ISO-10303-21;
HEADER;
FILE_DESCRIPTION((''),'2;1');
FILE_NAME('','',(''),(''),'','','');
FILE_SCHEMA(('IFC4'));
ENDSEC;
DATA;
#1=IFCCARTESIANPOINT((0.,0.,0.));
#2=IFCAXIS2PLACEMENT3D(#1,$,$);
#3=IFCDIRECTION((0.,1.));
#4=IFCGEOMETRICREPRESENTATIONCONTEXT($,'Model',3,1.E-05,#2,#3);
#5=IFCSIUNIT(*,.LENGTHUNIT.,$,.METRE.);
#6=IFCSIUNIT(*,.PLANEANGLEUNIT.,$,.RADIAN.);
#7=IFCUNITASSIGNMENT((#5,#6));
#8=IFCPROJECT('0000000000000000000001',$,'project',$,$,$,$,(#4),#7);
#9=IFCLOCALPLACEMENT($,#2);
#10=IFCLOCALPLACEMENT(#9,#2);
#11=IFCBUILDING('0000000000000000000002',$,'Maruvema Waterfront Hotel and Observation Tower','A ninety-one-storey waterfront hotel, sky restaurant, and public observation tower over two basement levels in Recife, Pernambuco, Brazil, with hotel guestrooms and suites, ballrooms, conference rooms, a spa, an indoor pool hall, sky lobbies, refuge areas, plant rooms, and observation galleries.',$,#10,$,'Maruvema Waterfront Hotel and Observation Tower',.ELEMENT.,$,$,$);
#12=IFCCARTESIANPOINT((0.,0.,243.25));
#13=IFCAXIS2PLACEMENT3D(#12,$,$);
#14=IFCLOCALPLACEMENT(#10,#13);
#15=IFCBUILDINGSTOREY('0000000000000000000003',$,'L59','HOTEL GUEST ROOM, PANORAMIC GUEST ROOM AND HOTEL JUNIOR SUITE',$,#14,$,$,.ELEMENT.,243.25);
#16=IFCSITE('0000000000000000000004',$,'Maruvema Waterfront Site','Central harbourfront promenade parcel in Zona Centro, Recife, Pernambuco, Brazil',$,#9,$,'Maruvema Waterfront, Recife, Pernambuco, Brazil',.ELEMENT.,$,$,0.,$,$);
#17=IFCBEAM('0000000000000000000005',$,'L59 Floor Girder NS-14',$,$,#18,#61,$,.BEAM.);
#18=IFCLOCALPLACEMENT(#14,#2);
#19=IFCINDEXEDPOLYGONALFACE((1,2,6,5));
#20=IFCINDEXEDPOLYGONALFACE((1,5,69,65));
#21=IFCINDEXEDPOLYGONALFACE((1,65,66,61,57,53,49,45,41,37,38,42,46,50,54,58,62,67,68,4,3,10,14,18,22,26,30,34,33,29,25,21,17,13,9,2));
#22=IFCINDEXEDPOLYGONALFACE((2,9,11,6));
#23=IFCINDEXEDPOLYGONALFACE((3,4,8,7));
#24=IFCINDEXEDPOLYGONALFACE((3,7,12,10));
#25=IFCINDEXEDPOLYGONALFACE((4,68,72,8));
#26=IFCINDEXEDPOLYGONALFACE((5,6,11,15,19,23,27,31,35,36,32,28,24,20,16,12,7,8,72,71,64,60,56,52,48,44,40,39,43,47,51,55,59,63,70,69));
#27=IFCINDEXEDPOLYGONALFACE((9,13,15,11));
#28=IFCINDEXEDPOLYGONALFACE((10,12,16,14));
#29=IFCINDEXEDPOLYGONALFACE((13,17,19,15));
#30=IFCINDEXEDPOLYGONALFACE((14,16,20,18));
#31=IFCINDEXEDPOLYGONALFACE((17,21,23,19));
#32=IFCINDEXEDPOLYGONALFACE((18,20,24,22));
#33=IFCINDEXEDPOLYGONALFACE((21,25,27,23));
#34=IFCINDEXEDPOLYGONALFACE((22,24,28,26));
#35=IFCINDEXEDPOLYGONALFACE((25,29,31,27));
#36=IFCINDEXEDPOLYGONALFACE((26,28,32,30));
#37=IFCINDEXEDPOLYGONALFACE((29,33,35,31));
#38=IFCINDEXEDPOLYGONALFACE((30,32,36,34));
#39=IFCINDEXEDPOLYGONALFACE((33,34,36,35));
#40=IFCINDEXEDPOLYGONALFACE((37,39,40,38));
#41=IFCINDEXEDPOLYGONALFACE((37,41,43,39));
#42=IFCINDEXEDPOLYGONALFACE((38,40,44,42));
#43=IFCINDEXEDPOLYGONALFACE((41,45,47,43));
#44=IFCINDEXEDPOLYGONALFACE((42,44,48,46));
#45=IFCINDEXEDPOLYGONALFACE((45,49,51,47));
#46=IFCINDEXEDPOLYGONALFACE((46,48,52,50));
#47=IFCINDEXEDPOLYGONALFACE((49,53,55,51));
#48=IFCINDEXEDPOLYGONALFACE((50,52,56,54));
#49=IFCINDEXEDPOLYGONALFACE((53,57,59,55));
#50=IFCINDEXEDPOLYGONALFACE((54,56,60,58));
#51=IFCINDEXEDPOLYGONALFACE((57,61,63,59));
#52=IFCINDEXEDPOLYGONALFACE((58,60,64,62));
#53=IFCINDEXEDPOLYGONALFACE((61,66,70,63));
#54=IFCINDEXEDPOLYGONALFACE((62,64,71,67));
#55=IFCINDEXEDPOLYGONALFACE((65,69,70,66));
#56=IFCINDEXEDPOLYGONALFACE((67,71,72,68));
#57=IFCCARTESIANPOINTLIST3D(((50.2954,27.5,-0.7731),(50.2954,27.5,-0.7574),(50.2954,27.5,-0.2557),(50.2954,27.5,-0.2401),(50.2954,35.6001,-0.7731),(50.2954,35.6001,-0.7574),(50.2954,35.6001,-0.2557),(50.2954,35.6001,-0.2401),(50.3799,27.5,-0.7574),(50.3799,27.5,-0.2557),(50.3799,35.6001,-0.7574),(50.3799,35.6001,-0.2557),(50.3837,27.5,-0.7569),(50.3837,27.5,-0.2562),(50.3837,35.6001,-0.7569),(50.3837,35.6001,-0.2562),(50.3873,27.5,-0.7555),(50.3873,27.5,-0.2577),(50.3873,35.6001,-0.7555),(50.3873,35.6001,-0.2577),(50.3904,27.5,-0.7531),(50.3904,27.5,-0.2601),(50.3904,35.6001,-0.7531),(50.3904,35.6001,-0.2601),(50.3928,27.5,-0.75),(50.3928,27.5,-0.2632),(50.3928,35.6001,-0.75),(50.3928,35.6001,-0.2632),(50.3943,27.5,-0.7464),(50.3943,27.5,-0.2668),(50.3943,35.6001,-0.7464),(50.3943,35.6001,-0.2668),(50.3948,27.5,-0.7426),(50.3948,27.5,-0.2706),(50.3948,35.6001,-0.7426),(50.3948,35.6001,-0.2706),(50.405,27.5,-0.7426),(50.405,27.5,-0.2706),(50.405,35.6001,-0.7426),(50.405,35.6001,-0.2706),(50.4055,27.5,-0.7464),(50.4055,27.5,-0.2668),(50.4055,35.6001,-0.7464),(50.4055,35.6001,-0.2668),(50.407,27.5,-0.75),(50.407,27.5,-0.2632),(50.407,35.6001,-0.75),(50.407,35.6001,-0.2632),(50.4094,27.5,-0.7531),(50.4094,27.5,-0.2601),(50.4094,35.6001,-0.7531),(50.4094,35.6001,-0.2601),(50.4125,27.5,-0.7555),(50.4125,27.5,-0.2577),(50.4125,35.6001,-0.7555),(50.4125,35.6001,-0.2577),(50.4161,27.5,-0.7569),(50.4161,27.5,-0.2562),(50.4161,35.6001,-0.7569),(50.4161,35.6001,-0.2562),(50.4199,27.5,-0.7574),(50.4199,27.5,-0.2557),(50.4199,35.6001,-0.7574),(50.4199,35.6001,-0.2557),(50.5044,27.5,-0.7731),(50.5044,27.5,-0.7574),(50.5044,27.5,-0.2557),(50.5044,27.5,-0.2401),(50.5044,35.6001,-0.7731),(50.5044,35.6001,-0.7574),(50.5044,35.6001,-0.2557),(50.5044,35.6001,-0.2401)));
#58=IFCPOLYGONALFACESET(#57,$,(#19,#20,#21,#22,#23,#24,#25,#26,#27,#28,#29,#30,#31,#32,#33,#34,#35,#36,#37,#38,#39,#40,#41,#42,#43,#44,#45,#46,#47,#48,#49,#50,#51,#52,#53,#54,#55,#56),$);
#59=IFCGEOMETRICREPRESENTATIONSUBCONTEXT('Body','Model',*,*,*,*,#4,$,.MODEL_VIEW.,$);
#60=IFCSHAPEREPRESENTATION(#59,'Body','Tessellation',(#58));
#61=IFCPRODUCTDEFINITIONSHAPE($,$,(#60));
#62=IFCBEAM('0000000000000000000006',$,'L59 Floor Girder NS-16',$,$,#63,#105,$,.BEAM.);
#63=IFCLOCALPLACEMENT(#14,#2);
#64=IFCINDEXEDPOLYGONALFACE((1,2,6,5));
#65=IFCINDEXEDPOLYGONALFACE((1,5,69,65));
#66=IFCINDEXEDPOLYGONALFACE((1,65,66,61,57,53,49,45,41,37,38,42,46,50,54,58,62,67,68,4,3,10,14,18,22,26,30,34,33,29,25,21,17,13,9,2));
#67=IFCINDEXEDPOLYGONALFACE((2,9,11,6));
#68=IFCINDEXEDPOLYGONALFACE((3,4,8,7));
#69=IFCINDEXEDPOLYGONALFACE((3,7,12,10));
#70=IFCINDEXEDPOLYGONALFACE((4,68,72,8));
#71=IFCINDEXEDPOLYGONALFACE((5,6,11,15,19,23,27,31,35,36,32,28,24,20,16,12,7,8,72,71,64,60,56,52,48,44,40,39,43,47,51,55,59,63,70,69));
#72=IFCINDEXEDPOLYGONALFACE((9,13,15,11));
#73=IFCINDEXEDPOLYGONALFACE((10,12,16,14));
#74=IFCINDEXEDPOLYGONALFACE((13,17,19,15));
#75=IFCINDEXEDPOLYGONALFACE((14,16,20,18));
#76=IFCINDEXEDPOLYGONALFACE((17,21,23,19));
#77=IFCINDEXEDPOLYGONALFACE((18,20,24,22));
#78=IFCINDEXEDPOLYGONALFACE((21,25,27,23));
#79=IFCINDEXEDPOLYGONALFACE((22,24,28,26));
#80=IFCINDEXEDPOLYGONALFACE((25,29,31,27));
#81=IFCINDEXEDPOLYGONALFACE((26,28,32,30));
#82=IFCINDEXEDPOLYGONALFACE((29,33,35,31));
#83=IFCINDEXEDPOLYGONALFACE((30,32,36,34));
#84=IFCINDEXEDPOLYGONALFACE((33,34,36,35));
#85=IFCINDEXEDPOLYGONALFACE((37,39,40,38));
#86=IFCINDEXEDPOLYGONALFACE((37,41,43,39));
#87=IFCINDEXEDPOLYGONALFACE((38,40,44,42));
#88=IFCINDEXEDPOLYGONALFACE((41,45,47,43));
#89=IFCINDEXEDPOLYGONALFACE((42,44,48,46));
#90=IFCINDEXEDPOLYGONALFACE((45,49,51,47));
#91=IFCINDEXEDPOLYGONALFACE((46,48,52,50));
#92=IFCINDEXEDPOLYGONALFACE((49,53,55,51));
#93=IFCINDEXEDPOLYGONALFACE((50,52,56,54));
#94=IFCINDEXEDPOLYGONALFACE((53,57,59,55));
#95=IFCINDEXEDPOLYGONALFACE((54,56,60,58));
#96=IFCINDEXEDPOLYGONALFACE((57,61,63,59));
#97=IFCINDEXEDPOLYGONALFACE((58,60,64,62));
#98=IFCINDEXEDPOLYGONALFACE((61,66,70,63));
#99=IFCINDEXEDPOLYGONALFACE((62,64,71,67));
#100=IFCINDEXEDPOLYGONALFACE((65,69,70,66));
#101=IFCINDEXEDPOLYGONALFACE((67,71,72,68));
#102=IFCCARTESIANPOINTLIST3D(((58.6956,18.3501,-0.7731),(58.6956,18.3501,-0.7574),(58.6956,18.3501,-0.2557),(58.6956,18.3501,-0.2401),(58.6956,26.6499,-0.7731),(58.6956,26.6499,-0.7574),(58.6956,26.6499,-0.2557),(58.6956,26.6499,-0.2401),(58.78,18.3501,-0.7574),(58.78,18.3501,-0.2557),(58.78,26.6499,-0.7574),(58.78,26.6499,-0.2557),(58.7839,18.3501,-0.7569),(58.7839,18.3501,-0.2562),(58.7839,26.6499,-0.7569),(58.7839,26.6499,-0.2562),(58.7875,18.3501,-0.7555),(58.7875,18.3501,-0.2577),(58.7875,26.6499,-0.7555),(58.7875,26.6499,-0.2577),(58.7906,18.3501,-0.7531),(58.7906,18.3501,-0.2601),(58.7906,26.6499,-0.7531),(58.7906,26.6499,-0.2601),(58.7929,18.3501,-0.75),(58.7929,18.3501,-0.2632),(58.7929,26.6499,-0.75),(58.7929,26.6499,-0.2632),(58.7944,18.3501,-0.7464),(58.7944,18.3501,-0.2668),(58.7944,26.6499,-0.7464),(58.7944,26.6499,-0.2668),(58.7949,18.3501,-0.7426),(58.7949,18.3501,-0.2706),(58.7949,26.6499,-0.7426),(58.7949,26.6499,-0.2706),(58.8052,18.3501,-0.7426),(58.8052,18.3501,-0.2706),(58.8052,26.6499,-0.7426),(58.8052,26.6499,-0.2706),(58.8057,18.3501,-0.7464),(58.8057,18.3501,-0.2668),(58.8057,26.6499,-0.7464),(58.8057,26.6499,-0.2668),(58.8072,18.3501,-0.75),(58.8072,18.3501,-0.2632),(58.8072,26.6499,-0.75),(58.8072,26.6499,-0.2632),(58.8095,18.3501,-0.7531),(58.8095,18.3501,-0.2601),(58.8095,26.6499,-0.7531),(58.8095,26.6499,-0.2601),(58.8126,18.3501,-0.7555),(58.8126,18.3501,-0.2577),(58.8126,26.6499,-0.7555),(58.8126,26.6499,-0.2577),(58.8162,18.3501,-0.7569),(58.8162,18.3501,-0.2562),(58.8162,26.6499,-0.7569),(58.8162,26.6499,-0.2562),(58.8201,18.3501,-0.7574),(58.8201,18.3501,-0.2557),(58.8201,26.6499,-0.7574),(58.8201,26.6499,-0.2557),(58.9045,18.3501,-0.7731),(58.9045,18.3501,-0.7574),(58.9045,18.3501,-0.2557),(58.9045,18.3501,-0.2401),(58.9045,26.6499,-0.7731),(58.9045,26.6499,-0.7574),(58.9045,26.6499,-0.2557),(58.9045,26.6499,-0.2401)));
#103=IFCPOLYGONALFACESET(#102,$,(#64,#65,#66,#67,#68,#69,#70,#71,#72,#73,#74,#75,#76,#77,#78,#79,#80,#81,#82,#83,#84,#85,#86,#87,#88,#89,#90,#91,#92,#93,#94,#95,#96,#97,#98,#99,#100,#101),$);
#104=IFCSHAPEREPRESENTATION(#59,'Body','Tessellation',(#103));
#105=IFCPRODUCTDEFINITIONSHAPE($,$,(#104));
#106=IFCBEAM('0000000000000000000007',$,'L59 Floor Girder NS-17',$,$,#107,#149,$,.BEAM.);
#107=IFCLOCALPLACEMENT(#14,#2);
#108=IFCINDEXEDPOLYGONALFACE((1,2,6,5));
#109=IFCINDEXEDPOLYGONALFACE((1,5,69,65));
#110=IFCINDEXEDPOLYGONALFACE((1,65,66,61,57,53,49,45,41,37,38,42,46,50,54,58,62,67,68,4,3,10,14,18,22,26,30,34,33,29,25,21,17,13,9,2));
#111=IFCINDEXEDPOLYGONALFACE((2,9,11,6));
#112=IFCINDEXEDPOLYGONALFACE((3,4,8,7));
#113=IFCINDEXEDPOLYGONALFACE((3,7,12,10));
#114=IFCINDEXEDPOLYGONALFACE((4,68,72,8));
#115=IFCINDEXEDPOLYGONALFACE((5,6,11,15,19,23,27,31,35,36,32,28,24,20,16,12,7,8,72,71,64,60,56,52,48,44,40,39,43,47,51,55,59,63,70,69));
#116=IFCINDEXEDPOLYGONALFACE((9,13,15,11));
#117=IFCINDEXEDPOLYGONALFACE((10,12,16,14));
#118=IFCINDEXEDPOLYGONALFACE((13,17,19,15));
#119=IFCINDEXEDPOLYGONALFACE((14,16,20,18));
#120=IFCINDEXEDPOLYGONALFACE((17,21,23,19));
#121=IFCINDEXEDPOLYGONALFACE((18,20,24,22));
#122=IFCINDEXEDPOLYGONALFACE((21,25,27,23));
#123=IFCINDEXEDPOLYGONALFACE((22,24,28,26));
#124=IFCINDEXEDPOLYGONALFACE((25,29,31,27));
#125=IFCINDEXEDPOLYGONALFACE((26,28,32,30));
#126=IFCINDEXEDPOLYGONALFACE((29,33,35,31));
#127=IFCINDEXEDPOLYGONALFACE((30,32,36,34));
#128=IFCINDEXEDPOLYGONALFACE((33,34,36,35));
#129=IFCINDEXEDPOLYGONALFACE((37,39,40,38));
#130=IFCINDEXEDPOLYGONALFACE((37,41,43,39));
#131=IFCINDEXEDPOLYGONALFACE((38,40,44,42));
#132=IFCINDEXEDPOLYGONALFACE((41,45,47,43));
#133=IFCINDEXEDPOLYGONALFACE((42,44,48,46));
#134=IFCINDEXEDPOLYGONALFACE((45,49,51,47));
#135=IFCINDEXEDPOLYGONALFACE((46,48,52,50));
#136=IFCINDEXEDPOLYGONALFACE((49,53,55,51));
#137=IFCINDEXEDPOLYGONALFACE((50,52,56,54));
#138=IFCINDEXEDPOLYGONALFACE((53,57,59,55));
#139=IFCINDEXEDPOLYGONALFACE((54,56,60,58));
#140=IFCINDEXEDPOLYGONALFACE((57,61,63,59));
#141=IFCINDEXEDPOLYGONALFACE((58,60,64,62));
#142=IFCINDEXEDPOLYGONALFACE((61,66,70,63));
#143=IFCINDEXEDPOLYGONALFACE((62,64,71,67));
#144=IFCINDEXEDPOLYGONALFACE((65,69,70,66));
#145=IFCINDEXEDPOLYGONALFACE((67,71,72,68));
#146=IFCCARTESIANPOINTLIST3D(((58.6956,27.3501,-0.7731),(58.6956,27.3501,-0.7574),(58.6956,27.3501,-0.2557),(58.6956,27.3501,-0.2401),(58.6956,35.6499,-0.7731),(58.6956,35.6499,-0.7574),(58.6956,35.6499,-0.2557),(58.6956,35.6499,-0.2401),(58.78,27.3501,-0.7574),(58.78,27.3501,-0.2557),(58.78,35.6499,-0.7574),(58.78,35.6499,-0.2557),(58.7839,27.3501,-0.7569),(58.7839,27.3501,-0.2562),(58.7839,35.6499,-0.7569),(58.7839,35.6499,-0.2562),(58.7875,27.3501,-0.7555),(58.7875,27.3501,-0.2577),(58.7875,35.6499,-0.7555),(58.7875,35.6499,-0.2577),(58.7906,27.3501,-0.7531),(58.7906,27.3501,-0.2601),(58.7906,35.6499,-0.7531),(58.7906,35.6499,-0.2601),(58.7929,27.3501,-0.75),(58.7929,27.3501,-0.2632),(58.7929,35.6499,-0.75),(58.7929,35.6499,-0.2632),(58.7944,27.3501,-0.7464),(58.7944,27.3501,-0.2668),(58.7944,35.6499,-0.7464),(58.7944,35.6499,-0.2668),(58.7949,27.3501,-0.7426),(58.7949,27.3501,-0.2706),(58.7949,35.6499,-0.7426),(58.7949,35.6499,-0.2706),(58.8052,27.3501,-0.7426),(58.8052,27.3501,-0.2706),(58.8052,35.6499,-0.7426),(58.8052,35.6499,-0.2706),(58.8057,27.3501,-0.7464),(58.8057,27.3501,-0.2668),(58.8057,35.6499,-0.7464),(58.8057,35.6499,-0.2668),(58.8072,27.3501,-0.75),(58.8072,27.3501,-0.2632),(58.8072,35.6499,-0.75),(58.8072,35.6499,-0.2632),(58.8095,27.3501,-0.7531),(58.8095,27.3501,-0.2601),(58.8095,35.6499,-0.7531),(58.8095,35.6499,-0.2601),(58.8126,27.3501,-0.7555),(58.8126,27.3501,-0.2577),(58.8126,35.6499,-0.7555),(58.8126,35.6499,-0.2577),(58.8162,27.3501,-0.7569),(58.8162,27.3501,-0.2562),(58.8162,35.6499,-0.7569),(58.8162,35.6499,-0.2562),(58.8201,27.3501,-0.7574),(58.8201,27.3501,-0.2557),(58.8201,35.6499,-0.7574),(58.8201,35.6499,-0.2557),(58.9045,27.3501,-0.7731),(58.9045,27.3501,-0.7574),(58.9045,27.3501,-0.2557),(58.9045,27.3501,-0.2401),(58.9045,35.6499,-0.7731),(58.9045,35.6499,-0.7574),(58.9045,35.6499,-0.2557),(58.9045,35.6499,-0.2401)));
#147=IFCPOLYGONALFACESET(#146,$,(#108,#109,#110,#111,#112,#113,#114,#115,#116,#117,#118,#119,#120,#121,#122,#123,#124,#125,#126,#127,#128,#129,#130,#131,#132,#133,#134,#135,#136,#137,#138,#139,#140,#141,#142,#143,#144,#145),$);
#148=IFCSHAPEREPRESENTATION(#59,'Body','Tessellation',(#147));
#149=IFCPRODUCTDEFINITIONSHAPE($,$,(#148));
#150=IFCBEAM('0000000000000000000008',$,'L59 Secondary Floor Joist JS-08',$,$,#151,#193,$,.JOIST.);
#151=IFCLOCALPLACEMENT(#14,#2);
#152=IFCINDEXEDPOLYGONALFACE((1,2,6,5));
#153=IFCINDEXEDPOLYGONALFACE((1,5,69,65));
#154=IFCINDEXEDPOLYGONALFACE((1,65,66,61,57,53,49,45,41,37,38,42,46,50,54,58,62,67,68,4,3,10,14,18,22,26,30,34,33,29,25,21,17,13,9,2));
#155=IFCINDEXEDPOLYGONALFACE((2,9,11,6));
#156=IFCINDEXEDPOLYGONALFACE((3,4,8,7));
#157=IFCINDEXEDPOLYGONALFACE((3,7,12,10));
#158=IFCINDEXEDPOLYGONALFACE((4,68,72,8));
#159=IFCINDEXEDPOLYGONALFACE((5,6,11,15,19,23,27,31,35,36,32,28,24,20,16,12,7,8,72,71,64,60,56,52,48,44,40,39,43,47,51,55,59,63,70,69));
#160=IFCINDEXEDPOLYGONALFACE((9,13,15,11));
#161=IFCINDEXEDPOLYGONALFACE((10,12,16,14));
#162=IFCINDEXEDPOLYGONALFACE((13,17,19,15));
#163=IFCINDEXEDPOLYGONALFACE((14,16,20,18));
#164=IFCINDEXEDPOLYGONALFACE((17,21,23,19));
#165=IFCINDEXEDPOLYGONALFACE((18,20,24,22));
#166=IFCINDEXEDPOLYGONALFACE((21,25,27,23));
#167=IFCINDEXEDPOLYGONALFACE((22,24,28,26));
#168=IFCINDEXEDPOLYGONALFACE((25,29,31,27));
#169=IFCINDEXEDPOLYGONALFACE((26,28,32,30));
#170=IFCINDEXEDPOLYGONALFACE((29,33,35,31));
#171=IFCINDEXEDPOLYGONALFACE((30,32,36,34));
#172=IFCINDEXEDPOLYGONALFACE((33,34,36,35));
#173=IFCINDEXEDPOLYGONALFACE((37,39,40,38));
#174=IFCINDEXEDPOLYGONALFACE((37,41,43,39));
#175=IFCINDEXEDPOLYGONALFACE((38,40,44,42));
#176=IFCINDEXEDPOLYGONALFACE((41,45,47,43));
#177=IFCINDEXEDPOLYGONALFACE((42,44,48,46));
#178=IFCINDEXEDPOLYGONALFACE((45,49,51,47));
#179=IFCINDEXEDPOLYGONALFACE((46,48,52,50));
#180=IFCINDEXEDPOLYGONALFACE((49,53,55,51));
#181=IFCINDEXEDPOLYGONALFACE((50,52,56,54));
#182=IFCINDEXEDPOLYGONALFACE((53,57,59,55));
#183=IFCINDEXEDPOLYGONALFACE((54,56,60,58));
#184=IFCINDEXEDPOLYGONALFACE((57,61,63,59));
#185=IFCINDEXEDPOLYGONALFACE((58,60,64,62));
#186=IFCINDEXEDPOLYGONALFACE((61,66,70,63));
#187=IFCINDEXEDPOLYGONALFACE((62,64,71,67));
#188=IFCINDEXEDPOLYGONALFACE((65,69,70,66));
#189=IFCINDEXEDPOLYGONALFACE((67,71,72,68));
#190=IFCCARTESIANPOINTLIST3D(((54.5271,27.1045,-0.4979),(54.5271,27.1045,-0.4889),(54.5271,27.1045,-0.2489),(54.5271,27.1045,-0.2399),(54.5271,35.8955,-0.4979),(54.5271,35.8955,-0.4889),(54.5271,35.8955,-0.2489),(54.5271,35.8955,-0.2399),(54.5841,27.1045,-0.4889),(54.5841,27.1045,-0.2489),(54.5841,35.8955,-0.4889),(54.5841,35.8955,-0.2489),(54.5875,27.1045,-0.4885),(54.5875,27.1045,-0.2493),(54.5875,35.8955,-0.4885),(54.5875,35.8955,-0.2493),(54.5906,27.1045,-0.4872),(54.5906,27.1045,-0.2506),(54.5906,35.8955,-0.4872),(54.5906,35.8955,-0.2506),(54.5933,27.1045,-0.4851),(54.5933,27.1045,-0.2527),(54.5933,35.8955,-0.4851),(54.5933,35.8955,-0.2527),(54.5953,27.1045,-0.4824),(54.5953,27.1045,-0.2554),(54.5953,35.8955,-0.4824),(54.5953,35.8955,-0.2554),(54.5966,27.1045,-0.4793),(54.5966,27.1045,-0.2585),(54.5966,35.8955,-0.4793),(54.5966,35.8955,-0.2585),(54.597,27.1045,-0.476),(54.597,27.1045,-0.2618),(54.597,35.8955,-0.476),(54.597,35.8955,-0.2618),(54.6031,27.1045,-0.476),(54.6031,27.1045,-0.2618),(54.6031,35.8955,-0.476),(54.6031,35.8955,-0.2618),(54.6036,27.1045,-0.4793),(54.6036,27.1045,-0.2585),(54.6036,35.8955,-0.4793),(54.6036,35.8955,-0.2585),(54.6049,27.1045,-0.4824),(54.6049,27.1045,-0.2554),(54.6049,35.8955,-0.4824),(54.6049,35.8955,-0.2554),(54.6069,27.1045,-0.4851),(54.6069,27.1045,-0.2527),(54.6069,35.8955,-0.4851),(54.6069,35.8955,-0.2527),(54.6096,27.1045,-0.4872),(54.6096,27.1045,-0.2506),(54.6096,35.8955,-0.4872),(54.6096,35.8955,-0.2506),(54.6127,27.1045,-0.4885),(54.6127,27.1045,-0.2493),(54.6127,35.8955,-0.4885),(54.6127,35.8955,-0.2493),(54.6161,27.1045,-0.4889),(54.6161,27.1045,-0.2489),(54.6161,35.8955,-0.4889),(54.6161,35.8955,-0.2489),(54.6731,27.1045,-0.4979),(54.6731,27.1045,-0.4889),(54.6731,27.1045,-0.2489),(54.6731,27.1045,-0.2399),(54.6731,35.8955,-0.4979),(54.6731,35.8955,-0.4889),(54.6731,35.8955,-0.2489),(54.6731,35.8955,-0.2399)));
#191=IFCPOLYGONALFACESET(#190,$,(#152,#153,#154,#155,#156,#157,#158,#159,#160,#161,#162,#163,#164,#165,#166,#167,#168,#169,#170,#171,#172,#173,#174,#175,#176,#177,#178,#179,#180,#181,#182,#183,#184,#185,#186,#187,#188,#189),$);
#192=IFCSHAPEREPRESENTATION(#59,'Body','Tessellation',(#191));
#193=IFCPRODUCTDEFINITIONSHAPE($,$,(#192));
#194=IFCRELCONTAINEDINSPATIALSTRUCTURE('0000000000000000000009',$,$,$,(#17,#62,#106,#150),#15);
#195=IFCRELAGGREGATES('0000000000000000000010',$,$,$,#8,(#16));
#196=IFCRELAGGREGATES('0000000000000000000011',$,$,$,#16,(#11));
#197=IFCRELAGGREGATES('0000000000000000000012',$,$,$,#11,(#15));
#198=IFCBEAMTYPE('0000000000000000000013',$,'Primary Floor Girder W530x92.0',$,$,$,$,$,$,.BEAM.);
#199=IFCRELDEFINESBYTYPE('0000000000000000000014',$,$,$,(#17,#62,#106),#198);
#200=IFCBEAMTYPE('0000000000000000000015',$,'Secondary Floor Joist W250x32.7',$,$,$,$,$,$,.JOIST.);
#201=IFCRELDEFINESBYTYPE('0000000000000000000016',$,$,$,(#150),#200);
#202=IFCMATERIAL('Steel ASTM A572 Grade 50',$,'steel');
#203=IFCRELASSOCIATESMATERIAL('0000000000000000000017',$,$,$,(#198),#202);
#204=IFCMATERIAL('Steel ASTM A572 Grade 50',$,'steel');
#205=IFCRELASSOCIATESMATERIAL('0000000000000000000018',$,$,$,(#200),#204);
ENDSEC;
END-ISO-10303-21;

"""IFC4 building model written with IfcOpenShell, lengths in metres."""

from ifc_helpers import new_model, si_unit, direction, frame, origin, origin_2d, place, context, subcontext, project, spatial, i_section, extrude, material, material_profile, profile_set, type_object, element, save


model = new_model("IFC4")

# Units and contexts
model_context = context("Model", 3, precision=1e-05, world=origin(), true_north=direction((0.0, 1.0)))
body_context = subcontext(model_context, "Body", "Model", "MODEL_VIEW")
ifc_project = project(units=[si_unit("LENGTHUNIT", "METRE"), si_unit("PLANEANGLEUNIT", "RADIAN")], contexts=[model_context])

# Site, building, storey
site_placement = place(None, origin())
site = spatial("IfcSite", under=ifc_project, at=site_placement, Name="Maruvema Waterfront Site", Description="Central harbourfront promenade parcel in Zona Centro, Recife, Pernambuco, Brazil", LongName="Maruvema Waterfront, Recife, Pernambuco, Brazil", CompositionType="ELEMENT", RefElevation=0.0)
building_placement = place(site_placement, origin())
building = spatial("IfcBuilding", under=site, at=building_placement, Name="Maruvema Waterfront Hotel and Observation Tower", Description="A ninety-one-storey waterfront hotel, sky restaurant, and public observation tower over two basement levels in Recife, Pernambuco, Brazil, with hotel guestrooms and suites, ballrooms, conference rooms, a spa, an indoor pool hall, sky lobbies, refuge areas, plant rooms, and observation galleries.", LongName="Maruvema Waterfront Hotel and Observation Tower", CompositionType="ELEMENT")
storey_placement = place(building_placement, frame((0.0, 0.0, 243.25)))
storey = spatial("IfcBuildingStorey", under=building, at=storey_placement, Name="L59", Description="HOTEL GUEST ROOM, PANORAMIC GUEST ROOM AND HOTEL JUNIOR SUITE", CompositionType="ELEMENT", Elevation=243.25)

# Beams
ifc_material_1 = material(Name="Steel ASTM A572 Grade 50", Category="steel")
ifc_material_profile_1 = material_profile(ifc_material_1, i_section(OverallWidth=0.209, OverallDepth=0.533, WebThickness=0.0103, FlangeThickness=0.0156, FilletRadius=0.0149, at=origin_2d()), Name="W530x92.0")
ifc_profile_set_1 = profile_set([ifc_material_profile_1], Name="Steel ASTM A572 Grade 50")
beam_type_1 = type_object("IfcBeamType", Name="Primary Floor Girder W530x92.0", PredefinedType="BEAM", material=ifc_profile_set_1)
beam_1_placement = place(storey_placement, frame((50.3999, 27.5, -0.5066), z_axis=(0.0, 1.0, 0.0), x_axis=(-1.0, 0.0, 0.0)))
element("IfcBeam", 1, at=beam_1_placement, inside=storey, type_object=beam_type_1, Name="L59 Floor Girder NS-14", PredefinedType="BEAM", context=body_context, shape_type="SweptSolid", body=[
    extrude(i_section(OverallWidth=0.209, OverallDepth=0.533, WebThickness=0.0103, FlangeThickness=0.0156, FilletRadius=0.0149, at=origin_2d()), origin(), (0.0, 0.0, 1.0), 8.1001),
])
for number, where, z_axis, x_axis, name in (
    (2, (58.8, 18.3501, -0.5066), (0.0, 1.0, 0.0), (-1.0, 0.0, 0.0), "L59 Floor Girder NS-16"),
    (3, (58.8, 27.3501, -0.5066), (0.0, 1.0, 0.0), (-1.0, 0.0, 0.0), "L59 Floor Girder NS-17"),
):
    element("IfcBeam", number, at=place(storey_placement, frame(where, z_axis=z_axis, x_axis=x_axis)), inside=storey, type_object=beam_type_1, Name=name, PredefinedType="BEAM", context=body_context, shape_type="SweptSolid", body=[
        extrude(i_section(OverallWidth=0.209, OverallDepth=0.533, WebThickness=0.0103, FlangeThickness=0.0156, FilletRadius=0.0149, at=origin_2d()), origin(), (0.0, 0.0, 1.0), 8.2998),
    ])
ifc_material_2 = material(Name="Steel ASTM A572 Grade 50", Category="steel")
ifc_material_profile_2 = material_profile(ifc_material_2, i_section(OverallWidth=0.146, OverallDepth=0.2581, WebThickness=0.0061, FlangeThickness=0.009, FilletRadius=0.0129, at=origin_2d()), Name="W250x32.7")
ifc_profile_set_2 = profile_set([ifc_material_profile_2], Name="Steel ASTM A572 Grade 50")
beam_type_2 = type_object("IfcBeamType", Name="Secondary Floor Joist W250x32.7", PredefinedType="JOIST", material=ifc_profile_set_2)
beam_2_placement = place(storey_placement, frame((54.6001, 27.1045, -0.3689), z_axis=(0.0, 1.0, 0.0), x_axis=(-1.0, 0.0, 0.0)))
element("IfcBeam", 4, at=beam_2_placement, inside=storey, type_object=beam_type_2, Name="L59 Secondary Floor Joist JS-08", PredefinedType="JOIST", context=body_context, shape_type="SweptSolid", body=[
    extrude(i_section(OverallWidth=0.146, OverallDepth=0.2581, WebThickness=0.0061, FlangeThickness=0.009, FilletRadius=0.0129, at=origin_2d()), origin(), (0.0, 0.0, 1.0), 8.791),
])

save(model, "model.ifc")
